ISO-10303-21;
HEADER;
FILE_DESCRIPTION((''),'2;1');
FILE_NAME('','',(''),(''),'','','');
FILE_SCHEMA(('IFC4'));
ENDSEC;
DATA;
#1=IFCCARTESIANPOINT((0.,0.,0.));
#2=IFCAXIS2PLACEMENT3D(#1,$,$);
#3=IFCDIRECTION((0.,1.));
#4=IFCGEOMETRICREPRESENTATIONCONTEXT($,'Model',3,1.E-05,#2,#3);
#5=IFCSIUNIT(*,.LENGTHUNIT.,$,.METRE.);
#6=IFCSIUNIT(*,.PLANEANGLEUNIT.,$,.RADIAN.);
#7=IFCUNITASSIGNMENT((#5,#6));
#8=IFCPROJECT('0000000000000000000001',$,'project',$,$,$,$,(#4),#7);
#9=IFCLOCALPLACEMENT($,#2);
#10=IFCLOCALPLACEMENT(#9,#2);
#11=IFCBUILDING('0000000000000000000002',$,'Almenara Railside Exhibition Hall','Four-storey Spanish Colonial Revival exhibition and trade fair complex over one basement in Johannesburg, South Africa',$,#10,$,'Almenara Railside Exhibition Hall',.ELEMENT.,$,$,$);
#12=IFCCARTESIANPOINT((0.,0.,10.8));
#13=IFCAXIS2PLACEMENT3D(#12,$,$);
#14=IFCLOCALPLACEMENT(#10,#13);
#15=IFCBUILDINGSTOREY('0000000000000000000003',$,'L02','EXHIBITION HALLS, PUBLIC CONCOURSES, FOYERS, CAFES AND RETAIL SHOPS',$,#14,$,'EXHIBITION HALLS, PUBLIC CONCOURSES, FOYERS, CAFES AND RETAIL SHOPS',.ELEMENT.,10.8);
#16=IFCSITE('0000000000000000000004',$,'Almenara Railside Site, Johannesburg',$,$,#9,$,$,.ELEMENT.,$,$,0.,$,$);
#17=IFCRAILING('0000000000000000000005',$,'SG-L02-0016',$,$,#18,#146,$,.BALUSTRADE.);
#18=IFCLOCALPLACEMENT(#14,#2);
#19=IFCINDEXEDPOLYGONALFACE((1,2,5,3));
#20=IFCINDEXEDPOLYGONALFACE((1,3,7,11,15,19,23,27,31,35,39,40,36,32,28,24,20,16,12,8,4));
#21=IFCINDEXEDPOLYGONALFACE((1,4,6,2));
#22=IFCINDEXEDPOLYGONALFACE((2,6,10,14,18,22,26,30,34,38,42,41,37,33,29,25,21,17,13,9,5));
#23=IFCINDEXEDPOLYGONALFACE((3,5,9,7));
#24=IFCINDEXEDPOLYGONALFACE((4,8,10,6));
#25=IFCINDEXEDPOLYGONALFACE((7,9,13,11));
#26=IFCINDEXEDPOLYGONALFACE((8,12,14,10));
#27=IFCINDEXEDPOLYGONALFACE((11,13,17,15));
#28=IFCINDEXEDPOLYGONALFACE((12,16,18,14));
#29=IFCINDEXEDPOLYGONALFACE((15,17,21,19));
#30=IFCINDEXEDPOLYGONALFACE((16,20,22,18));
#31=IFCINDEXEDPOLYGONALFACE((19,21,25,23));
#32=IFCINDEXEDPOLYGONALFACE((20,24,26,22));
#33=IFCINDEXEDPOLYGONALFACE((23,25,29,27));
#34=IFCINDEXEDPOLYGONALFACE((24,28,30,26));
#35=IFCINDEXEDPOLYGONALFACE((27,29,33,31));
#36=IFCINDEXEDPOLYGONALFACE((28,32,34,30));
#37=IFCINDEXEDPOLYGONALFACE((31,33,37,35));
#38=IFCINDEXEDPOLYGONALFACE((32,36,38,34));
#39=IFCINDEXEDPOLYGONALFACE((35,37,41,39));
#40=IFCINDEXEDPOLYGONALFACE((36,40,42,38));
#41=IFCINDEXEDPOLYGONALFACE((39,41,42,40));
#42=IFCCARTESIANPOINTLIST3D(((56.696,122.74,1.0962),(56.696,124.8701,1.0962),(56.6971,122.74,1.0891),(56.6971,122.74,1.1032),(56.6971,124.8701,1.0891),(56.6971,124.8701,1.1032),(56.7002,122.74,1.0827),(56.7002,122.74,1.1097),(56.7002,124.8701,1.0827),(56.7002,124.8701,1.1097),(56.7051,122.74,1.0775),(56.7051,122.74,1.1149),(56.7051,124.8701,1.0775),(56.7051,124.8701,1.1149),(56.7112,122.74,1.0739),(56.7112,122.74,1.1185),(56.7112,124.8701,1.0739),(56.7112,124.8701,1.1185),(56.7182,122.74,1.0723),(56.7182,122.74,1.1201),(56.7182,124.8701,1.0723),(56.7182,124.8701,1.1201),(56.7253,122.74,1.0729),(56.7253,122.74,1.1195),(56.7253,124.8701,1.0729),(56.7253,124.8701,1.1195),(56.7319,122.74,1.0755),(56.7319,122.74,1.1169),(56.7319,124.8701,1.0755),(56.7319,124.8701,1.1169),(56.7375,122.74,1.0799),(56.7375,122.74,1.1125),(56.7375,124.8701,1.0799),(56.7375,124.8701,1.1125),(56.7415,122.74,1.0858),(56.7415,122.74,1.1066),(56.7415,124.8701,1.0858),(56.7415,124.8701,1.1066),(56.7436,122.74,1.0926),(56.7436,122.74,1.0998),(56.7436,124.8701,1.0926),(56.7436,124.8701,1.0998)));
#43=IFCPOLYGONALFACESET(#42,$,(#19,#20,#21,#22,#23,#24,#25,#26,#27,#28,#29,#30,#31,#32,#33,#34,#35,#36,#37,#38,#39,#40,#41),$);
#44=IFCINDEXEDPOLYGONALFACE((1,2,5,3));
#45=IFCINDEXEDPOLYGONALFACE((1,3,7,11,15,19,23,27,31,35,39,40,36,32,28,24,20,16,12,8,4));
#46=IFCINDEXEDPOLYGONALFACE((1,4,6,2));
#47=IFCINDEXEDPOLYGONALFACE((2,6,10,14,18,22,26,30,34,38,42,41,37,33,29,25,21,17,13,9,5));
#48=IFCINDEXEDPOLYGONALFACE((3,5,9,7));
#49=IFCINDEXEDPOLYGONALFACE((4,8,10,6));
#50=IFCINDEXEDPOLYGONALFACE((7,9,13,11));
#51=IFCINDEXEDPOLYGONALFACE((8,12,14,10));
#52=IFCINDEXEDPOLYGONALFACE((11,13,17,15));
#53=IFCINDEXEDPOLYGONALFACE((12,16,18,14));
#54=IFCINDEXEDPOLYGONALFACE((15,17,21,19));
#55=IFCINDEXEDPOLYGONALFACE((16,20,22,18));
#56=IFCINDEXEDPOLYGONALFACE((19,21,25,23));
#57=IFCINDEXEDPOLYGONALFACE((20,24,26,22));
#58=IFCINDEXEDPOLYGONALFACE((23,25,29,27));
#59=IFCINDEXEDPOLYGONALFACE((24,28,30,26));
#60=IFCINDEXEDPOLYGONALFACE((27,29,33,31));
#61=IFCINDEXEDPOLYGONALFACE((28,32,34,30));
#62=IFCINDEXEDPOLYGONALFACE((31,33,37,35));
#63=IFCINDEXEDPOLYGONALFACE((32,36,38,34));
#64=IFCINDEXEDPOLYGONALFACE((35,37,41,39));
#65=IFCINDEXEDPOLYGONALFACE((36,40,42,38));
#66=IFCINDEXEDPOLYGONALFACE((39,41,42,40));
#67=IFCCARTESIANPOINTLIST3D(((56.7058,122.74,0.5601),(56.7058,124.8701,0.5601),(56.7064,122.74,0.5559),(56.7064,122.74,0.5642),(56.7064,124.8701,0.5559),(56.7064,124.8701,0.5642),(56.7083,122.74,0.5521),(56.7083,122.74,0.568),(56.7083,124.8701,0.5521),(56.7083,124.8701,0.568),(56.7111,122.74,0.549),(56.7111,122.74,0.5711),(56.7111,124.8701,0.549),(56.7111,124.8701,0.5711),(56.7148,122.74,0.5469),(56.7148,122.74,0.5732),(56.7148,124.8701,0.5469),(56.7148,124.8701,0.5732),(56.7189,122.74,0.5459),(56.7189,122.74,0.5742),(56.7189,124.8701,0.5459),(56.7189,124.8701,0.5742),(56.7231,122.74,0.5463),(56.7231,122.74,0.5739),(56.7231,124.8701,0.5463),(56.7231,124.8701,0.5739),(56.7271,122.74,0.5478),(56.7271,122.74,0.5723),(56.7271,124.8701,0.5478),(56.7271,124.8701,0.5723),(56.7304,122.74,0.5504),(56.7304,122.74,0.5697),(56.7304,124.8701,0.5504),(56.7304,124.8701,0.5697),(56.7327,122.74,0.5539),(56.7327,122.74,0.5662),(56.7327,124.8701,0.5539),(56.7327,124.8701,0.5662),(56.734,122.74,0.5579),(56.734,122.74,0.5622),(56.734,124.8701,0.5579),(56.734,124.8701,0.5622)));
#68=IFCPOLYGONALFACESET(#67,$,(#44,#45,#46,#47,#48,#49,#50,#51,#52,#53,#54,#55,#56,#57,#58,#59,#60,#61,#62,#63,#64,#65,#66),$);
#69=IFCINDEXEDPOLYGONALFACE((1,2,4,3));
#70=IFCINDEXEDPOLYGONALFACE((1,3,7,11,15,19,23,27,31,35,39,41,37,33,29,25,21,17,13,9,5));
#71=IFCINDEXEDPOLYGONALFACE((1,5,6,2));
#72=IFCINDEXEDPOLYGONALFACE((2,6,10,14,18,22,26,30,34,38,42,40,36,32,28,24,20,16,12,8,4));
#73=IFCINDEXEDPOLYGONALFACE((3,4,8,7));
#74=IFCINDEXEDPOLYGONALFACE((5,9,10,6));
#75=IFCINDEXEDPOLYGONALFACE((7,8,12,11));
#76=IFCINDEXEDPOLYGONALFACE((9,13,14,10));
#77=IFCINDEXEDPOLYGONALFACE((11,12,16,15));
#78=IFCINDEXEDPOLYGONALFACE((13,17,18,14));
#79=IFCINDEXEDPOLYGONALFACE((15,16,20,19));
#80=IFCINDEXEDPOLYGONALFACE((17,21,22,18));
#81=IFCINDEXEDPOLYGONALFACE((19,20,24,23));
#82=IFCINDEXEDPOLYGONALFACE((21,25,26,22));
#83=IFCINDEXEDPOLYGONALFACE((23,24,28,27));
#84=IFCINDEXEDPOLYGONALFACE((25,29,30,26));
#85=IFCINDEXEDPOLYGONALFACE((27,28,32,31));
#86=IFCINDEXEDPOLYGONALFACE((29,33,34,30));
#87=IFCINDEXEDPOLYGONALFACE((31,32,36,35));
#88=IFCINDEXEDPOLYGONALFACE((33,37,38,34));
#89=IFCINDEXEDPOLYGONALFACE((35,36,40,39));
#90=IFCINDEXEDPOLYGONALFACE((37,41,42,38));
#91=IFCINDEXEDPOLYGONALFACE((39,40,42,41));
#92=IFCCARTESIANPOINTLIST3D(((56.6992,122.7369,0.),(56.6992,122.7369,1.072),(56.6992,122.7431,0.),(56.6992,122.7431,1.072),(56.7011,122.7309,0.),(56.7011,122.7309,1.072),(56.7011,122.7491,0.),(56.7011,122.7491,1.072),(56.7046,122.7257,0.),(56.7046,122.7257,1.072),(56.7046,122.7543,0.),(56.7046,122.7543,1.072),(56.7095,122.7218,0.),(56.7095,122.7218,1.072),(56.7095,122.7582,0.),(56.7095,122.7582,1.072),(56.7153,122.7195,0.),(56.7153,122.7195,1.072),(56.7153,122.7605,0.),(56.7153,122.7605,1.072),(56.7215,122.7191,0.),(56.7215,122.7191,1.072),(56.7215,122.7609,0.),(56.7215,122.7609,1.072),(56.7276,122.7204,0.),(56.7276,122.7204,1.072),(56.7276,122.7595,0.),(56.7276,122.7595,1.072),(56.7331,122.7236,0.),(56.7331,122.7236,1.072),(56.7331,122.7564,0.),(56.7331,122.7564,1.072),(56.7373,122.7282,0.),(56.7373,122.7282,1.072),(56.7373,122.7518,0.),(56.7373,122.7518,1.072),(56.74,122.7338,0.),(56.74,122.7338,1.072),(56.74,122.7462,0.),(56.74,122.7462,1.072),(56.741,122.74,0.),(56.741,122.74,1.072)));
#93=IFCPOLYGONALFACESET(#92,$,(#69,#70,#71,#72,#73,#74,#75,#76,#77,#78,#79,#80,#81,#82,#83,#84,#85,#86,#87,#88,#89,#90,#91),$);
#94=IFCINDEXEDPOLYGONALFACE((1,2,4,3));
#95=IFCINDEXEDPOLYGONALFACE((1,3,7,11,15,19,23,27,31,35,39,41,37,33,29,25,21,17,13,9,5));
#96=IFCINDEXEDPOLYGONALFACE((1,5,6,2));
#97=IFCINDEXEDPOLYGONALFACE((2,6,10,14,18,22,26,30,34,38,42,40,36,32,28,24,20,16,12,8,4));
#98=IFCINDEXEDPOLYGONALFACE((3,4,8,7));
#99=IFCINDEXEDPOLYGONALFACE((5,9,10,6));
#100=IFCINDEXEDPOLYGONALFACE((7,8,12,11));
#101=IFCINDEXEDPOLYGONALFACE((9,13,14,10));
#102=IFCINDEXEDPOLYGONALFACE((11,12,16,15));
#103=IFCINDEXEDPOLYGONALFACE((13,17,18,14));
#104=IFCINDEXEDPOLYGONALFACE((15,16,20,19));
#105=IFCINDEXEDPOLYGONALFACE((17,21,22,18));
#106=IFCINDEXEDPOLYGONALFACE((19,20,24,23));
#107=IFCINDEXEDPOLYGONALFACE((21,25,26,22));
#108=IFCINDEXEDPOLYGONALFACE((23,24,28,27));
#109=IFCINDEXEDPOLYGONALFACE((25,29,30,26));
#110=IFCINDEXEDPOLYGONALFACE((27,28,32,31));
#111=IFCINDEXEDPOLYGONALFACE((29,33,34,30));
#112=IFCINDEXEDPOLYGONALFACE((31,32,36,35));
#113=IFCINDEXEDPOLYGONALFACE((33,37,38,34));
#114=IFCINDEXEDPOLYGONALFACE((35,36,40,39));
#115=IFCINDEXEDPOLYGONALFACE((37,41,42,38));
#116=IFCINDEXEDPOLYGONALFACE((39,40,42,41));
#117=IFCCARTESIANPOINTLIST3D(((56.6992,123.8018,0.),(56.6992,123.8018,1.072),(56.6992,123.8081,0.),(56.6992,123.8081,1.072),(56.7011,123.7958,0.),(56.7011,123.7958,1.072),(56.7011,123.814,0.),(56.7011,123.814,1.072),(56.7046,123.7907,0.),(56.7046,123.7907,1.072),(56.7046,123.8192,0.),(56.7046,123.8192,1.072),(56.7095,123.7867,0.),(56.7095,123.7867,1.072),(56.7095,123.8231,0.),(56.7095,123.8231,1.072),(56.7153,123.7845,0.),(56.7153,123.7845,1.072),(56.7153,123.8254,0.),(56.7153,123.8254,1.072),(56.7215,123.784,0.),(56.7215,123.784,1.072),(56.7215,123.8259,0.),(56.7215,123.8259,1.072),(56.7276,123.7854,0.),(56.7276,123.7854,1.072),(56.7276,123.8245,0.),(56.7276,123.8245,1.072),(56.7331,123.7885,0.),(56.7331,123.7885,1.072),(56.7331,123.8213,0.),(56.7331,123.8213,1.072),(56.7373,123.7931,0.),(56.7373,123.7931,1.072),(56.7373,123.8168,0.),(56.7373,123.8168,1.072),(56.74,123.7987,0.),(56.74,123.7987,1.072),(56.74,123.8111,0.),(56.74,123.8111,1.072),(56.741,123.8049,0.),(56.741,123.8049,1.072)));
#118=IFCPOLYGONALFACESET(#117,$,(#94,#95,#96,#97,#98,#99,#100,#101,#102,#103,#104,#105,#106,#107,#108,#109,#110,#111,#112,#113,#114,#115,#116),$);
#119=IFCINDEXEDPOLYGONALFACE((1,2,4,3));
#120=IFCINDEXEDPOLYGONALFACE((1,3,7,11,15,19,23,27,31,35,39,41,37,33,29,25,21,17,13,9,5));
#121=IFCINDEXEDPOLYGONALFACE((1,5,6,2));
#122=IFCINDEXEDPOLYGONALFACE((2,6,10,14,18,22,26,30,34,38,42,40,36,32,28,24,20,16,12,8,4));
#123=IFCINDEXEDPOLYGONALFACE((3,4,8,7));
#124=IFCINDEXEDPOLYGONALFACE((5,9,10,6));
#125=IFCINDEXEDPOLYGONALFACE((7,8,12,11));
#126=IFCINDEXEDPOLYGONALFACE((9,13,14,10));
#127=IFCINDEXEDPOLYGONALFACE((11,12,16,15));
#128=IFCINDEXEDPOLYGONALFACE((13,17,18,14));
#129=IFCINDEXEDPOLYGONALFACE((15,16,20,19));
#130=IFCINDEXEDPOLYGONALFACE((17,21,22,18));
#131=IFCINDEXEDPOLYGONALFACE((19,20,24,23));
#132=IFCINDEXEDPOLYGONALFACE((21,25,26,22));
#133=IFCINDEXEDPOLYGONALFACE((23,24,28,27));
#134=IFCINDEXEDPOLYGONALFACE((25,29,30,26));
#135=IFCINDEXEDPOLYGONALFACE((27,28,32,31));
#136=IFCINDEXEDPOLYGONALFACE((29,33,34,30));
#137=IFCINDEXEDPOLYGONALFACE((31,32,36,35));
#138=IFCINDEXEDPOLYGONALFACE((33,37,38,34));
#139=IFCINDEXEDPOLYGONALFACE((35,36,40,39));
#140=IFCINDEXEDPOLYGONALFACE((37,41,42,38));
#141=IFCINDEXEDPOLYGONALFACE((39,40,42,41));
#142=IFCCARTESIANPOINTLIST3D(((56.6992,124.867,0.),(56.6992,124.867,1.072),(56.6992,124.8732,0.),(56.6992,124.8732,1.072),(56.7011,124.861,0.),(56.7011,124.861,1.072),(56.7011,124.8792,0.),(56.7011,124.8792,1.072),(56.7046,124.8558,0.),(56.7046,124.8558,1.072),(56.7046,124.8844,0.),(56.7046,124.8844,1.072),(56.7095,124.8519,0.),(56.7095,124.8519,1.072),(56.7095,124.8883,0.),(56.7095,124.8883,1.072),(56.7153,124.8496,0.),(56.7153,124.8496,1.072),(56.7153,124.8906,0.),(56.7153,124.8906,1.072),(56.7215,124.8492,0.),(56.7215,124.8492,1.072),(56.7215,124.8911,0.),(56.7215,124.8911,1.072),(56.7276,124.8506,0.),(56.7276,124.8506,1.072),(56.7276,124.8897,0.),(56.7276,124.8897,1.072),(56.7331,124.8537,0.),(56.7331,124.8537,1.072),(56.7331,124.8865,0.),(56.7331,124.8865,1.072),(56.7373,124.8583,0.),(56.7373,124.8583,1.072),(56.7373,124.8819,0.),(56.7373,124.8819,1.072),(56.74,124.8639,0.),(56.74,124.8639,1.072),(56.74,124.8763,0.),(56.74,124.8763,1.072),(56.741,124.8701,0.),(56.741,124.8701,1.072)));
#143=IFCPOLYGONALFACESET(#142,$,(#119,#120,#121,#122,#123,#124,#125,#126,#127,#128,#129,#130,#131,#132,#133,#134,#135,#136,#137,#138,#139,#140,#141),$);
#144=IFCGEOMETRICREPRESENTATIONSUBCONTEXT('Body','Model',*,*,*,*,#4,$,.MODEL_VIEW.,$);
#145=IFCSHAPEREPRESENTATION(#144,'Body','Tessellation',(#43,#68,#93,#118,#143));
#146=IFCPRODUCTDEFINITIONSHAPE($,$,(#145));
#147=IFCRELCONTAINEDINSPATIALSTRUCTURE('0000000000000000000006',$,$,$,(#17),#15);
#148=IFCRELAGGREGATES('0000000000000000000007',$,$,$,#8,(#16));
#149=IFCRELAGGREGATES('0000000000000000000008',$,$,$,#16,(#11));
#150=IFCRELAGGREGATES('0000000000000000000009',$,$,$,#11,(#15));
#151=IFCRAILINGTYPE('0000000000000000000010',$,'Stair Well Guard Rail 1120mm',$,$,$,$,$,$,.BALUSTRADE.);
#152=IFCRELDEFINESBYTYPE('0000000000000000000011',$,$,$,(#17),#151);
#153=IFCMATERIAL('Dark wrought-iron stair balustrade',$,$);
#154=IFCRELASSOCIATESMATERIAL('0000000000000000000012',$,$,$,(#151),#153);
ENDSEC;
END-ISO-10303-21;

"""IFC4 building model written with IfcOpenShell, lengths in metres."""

from ifc_helpers import new_model, si_unit, direction, frame, origin, origin_2d, place, context, subcontext, project, spatial, circle, extrude, material, type_object, element, save


model = new_model("IFC4")

# Units and contexts
model_context = context("Model", 3, precision=1e-05, world=origin(), true_north=direction((0.0, 1.0)))
body_context = subcontext(model_context, "Body", "Model", "MODEL_VIEW")
ifc_project = project(units=[si_unit("LENGTHUNIT", "METRE"), si_unit("PLANEANGLEUNIT", "RADIAN")], contexts=[model_context])

# Site, building, storey
site_placement = place(None, origin())
site = spatial("IfcSite", under=ifc_project, at=site_placement, Name="Almenara Railside Site, Johannesburg", CompositionType="ELEMENT", RefElevation=0.0)
building_placement = place(site_placement, origin())
building = spatial("IfcBuilding", under=site, at=building_placement, Name="Almenara Railside Exhibition Hall", Description="Four-storey Spanish Colonial Revival exhibition and trade fair complex over one basement in Johannesburg, South Africa", LongName="Almenara Railside Exhibition Hall", CompositionType="ELEMENT")
storey_placement = place(building_placement, frame((0.0, 0.0, 10.8)))
storey = spatial("IfcBuildingStorey", under=building, at=storey_placement, Name="L02", Description="EXHIBITION HALLS, PUBLIC CONCOURSES, FOYERS, CAFES AND RETAIL SHOPS", LongName="EXHIBITION HALLS, PUBLIC CONCOURSES, FOYERS, CAFES AND RETAIL SHOPS", CompositionType="ELEMENT", Elevation=10.8)

# Railing
ifc_material_1 = material(Name="Dark wrought-iron stair balustrade")
railing_type = type_object("IfcRailingType", Name="Stair Well Guard Rail 1120mm", PredefinedType="BALUSTRADE", material=ifc_material_1)
railing_placement = place(storey_placement, frame((56.72, 122.74, 0.0)))
element("IfcRailing", 1, at=railing_placement, inside=storey, type_object=railing_type, Name="SG-L02-0016", PredefinedType="BALUSTRADE", context=body_context, shape_type="SweptSolid", body=[
    extrude(circle(Radius=0.0239, at=origin_2d()), frame((0.0, 0.0, 1.0962), z_axis=(0.0, 1.0, 0.0), x_axis=(-1.0, 0.0, 0.0)), (0.0, 0.0, 1.0), 2.1301),
    extrude(circle(Radius=0.0142, at=origin_2d()), frame((0.0, 0.0, 0.5601), z_axis=(0.0, 1.0, 0.0), x_axis=(-1.0, 0.0, 0.0)), (0.0, 0.0, 1.0), 2.1301),
    extrude(circle(Radius=0.021, at=origin_2d()), origin(), (0.0, 0.0, 1.0), 1.072),
    extrude(circle(Radius=0.021, at=origin_2d()), frame((0.0, 1.0649, 0.0)), (0.0, 0.0, 1.0), 1.072),
    extrude(circle(Radius=0.021, at=origin_2d()), frame((0.0, 2.1301, 0.0)), (0.0, 0.0, 1.0), 1.072),
])

save(model, "model.ifc")
